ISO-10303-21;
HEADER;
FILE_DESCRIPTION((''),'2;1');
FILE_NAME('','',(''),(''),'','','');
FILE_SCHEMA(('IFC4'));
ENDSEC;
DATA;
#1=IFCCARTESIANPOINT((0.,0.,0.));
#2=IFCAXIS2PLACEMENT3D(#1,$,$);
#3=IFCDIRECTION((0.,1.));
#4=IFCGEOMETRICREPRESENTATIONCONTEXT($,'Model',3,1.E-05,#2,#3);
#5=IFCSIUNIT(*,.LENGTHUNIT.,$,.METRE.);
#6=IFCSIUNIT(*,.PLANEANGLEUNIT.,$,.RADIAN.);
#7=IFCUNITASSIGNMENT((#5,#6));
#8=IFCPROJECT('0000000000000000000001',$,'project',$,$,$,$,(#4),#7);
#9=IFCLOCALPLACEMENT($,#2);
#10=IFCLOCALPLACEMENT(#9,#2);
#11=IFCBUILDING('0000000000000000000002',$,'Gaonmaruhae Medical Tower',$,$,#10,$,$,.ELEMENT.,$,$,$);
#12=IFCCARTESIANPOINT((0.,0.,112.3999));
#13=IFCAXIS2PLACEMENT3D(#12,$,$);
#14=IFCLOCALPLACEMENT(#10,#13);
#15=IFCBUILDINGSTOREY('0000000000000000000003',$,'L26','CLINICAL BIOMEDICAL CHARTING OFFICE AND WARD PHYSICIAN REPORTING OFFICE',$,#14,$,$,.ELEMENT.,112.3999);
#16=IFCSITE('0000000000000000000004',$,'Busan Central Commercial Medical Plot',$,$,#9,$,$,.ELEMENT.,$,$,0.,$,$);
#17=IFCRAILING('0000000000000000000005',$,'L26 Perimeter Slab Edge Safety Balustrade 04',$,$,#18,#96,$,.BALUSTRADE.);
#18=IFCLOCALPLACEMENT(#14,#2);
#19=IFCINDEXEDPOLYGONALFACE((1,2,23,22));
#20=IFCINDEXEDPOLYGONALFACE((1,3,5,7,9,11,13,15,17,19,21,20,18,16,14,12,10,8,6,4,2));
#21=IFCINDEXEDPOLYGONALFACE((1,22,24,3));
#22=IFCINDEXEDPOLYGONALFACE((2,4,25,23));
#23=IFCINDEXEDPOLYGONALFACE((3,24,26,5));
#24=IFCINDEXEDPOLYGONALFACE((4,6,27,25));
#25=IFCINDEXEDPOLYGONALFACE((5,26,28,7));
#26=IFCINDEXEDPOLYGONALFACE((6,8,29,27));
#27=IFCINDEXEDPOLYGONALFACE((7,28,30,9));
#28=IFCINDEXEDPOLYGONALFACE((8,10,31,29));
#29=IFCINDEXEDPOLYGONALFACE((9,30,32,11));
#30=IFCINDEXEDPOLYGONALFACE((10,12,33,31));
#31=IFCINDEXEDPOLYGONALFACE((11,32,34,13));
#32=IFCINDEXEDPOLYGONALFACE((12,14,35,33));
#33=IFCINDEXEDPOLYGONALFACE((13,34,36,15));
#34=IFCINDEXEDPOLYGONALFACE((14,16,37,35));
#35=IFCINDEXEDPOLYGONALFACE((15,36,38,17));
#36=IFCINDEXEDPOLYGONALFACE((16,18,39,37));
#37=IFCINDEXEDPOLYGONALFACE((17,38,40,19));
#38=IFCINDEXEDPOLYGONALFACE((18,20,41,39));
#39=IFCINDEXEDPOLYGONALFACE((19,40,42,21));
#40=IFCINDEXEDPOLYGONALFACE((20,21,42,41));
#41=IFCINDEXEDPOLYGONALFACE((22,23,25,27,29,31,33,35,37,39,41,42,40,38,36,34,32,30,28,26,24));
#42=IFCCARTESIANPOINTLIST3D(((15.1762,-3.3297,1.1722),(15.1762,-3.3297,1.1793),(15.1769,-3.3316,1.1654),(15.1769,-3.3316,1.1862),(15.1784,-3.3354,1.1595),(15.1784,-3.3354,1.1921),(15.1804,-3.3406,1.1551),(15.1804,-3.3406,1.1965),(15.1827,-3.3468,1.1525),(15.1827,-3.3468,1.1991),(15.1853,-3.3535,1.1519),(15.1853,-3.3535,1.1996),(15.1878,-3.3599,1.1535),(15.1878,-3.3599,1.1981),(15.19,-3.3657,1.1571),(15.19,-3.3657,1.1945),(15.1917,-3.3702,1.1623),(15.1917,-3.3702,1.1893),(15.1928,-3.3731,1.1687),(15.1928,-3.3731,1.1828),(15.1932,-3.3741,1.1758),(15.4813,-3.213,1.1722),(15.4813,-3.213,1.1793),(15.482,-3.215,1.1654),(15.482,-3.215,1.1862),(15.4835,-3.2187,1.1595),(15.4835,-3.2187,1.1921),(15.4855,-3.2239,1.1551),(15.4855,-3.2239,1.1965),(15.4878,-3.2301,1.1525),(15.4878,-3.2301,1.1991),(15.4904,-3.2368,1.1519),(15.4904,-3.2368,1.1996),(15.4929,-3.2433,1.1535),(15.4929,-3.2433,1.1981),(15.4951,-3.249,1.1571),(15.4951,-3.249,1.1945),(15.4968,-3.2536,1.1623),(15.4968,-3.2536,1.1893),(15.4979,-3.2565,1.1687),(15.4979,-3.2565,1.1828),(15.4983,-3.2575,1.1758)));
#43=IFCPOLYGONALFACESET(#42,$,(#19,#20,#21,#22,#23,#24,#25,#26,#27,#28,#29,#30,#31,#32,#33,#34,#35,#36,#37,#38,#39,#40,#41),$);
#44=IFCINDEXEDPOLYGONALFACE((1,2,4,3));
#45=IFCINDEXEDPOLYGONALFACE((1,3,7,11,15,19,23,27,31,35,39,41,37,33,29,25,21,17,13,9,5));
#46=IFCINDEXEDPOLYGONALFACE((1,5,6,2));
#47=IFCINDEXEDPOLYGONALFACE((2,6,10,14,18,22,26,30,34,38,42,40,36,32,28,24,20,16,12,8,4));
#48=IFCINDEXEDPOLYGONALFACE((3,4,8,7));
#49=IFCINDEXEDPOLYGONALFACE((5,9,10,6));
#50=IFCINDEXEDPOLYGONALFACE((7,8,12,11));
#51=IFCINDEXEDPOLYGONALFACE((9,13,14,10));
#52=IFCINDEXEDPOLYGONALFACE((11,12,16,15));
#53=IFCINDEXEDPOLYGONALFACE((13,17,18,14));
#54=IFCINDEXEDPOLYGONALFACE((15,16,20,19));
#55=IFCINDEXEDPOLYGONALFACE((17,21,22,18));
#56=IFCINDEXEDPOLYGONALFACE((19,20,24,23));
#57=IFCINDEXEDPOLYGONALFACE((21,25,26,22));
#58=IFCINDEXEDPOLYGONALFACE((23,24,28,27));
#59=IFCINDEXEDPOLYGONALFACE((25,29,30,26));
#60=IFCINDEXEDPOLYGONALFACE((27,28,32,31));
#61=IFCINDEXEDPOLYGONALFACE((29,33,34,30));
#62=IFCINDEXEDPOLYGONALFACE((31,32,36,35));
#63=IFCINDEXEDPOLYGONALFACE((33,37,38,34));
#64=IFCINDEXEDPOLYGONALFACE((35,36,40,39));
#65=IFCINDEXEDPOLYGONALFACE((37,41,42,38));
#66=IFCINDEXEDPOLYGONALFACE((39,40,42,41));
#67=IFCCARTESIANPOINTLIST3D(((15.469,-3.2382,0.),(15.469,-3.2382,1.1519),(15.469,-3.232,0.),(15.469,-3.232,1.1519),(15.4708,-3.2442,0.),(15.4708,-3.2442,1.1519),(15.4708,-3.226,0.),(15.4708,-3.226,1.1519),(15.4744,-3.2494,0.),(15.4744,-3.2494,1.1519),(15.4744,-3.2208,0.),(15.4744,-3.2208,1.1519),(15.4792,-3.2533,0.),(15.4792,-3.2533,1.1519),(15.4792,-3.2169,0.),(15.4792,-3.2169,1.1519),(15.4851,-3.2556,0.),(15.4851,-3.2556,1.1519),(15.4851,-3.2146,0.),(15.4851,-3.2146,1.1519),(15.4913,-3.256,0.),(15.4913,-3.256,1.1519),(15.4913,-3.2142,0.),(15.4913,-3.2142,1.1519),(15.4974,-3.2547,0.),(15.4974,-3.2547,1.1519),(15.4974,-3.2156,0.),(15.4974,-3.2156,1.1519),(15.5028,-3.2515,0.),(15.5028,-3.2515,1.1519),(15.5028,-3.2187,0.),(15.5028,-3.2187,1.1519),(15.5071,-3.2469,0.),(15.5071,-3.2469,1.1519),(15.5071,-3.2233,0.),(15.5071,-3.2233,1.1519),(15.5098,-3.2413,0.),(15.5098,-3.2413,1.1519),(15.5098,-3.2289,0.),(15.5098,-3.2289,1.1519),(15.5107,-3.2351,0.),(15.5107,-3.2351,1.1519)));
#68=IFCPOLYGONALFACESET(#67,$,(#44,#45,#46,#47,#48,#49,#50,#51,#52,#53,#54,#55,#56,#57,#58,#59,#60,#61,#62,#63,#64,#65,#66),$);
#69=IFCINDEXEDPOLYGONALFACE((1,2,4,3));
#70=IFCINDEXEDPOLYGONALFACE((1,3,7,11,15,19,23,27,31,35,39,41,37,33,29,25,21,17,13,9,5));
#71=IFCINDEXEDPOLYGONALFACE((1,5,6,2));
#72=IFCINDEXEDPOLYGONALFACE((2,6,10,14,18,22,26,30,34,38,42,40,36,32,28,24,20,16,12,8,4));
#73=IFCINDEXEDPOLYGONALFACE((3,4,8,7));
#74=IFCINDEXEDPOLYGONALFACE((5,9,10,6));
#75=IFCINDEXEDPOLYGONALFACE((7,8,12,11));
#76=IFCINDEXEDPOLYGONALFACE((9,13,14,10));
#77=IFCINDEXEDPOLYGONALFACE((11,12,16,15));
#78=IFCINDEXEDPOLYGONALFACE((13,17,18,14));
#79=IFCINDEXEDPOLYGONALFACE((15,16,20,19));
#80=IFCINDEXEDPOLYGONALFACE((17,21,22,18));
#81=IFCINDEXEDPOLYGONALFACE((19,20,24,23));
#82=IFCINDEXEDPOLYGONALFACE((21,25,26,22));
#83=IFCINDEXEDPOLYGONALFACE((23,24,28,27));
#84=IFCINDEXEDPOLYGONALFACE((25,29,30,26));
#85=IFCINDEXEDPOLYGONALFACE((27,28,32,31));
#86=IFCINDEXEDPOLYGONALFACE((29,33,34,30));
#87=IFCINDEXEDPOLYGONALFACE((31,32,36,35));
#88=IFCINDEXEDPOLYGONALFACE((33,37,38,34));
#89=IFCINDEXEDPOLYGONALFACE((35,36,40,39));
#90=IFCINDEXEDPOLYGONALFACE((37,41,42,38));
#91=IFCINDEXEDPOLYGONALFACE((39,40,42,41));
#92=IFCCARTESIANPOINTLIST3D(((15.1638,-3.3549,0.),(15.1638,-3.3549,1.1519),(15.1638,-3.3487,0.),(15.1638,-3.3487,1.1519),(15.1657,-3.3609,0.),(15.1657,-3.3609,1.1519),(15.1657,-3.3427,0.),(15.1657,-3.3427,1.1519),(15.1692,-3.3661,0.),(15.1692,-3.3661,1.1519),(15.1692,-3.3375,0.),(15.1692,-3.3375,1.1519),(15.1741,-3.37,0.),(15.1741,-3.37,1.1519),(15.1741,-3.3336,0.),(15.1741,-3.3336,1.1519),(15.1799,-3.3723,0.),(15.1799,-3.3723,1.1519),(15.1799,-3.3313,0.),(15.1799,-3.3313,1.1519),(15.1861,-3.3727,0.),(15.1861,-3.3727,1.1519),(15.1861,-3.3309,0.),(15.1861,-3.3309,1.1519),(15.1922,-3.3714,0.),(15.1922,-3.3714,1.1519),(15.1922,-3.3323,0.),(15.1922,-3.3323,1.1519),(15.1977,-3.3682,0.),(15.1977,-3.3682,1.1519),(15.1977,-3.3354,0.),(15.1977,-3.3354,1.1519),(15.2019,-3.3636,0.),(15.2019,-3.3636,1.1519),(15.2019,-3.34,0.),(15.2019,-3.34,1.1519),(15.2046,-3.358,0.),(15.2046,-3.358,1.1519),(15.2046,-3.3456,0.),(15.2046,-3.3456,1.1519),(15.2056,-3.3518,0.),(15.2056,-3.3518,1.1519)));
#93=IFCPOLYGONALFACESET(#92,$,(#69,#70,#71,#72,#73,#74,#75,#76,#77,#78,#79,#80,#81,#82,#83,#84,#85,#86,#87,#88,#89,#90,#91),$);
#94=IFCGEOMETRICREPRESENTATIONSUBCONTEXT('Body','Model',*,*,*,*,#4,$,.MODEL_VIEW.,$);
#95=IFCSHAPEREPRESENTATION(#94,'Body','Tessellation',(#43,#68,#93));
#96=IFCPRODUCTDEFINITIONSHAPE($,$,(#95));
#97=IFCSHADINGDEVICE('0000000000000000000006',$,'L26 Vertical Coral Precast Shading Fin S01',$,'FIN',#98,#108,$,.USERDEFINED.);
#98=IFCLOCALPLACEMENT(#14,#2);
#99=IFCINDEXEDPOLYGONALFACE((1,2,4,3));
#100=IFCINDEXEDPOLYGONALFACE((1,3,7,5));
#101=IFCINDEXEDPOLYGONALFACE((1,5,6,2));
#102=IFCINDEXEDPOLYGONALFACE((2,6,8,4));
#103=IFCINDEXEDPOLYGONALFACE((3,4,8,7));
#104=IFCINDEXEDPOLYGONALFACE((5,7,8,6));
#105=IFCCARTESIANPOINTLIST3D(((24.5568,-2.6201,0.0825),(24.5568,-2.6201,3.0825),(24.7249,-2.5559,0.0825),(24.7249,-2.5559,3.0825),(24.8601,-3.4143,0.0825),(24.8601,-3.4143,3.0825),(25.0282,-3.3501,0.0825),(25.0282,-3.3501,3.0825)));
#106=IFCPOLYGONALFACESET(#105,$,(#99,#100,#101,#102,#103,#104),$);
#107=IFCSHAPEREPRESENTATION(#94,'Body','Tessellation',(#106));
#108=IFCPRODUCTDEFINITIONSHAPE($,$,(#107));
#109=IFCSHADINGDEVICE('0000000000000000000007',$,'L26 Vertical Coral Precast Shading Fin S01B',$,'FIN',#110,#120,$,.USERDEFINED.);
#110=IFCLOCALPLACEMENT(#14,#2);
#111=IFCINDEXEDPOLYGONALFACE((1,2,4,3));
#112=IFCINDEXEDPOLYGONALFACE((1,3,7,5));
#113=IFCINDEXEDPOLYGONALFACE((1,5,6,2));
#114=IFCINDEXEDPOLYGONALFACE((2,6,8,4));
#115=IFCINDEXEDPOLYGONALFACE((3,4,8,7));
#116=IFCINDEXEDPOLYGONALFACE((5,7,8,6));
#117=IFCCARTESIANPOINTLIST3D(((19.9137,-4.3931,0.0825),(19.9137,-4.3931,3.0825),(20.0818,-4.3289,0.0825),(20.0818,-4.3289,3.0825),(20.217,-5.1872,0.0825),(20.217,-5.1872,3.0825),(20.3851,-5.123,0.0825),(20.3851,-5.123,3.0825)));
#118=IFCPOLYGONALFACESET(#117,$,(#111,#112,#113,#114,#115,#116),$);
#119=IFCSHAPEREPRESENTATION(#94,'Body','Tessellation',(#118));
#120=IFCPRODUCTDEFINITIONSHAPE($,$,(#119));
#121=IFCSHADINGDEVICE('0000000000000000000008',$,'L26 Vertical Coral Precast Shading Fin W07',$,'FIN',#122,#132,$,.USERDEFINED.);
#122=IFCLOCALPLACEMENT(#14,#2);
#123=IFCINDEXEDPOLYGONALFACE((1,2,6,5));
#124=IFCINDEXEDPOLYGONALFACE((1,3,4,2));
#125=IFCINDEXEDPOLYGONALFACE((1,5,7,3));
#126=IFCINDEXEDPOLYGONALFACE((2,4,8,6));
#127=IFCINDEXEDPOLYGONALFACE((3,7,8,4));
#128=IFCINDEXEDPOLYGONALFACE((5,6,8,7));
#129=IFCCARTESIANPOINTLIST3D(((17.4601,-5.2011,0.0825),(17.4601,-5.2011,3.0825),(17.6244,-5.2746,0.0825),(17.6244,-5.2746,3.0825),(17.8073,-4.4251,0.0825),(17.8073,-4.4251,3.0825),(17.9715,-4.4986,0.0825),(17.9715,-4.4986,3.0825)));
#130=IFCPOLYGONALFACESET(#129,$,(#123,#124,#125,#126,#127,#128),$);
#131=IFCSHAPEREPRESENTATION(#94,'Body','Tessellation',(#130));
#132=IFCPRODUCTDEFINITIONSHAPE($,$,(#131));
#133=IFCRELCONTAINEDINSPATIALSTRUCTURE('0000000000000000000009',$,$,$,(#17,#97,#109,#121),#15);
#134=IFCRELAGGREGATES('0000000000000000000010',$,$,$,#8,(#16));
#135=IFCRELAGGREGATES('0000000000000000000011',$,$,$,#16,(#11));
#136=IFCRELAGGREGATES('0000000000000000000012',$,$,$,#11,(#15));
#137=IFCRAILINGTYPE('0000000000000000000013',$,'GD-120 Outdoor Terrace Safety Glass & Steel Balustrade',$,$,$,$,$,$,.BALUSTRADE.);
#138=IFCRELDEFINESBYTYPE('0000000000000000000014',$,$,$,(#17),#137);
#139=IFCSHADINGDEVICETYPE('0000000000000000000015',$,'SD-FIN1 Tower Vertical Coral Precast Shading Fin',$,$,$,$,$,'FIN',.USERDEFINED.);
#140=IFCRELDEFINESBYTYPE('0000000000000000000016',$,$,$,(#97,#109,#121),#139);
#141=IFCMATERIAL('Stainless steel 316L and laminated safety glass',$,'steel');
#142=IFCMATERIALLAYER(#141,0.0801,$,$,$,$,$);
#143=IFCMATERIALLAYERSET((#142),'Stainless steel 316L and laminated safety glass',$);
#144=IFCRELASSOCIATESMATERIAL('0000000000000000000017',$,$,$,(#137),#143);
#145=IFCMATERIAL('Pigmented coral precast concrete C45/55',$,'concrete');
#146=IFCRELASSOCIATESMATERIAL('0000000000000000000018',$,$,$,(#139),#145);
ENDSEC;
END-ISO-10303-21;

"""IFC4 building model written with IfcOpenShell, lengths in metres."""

from ifc_helpers import new_model, si_unit, direction, frame, origin, origin_2d, place, context, subcontext, project, spatial, rectangle, circle, extrude, material, layer, layer_set, type_object, element, save


model = new_model("IFC4")

# Units and contexts
model_context = context("Model", 3, precision=1e-05, world=origin(), true_north=direction((0.0, 1.0)))
body_context = subcontext(model_context, "Body", "Model", "MODEL_VIEW")
ifc_project = project(units=[si_unit("LENGTHUNIT", "METRE"), si_unit("PLANEANGLEUNIT", "RADIAN")], contexts=[model_context])

# Site, building, storey
site_placement = place(None, origin())
site = spatial("IfcSite", under=ifc_project, at=site_placement, Name="Busan Central Commercial Medical Plot", CompositionType="ELEMENT", RefElevation=0.0)
building_placement = place(site_placement, origin())
building = spatial("IfcBuilding", under=site, at=building_placement, Name="Gaonmaruhae Medical Tower", CompositionType="ELEMENT")
storey_placement = place(building_placement, frame((0.0, 0.0, 112.3999)))
storey = spatial("IfcBuildingStorey", under=building, at=storey_placement, Name="L26", Description="CLINICAL BIOMEDICAL CHARTING OFFICE AND WARD PHYSICIAN REPORTING OFFICE", CompositionType="ELEMENT", Elevation=112.3999)

# Railing
ifc_material_1 = material(Name="Stainless steel 316L and laminated safety glass", Category="steel")
ifc_layer_1 = layer(ifc_material_1, 0.0801)
ifc_layer_set_1 = layer_set([ifc_layer_1], Name="Stainless steel 316L and laminated safety glass")
railing_type = type_object("IfcRailingType", Name="GD-120 Outdoor Terrace Safety Glass & Steel Balustrade", PredefinedType="BALUSTRADE", material=ifc_layer_set_1)
railing_placement = place(storey_placement, frame((15.4897, -3.2351, 0.0)))
element("IfcRailing", 1, at=railing_placement, inside=storey, type_object=railing_type, Name="L26 Perimeter Slab Edge Safety Balustrade 04", PredefinedType="BALUSTRADE", context=body_context, shape_type="SweptSolid", body=[
    extrude(circle(Radius=0.0239, at=origin_2d()), frame((0.0, 0.0, 1.1758), z_axis=(-0.934037, -0.357176, 0.0), x_axis=(0.357176, -0.934037, 0.0)), (0.0, 0.0, 1.0), 0.3267),
    extrude(circle(Radius=0.021, at=origin_2d()), origin(), (0.0, 0.0, 1.0), 1.1519),
    extrude(circle(Radius=0.021, at=origin_2d()), frame((-0.3052, -0.1167, 0.0)), (0.0, 0.0, 1.0), 1.1519),
])

# Shading devices
ifc_material_2 = material(Name="Pigmented coral precast concrete C45/55", Category="concrete")
shading_device_type = type_object("IfcShadingDeviceType", Name="SD-FIN1 Tower Vertical Coral Precast Shading Fin", ElementType="FIN", PredefinedType="USERDEFINED", material=ifc_material_2)
for number, where, z_axis, x_axis, name in (
    (2, (24.7925, -2.9851, 0.0825), (0.0, 0.0, 1.0), (-0.934198, -0.356754, 0.0), "L26 Vertical Coral Precast Shading Fin S01"),
    (3, (20.1494, -4.7581, 0.0825), (0.0, 0.0, 1.0), (-0.934198, -0.356754, 0.0), "L26 Vertical Coral Precast Shading Fin S01B"),
    (4, (17.7158, -4.8499, 0.0825), (0.0, 0.0, 1.0), (-0.912834, 0.40833, 0.0), "L26 Vertical Coral Precast Shading Fin W07"),
):
    element("IfcShadingDevice", number, at=place(storey_placement, frame(where, z_axis=z_axis, x_axis=x_axis)), inside=storey, type_object=shading_device_type, Name=name, ObjectType="FIN", PredefinedType="USERDEFINED", context=body_context, shape_type="SweptSolid", body=[
        extrude(rectangle(XDim=0.1799, YDim=0.8501, at=origin_2d()), origin(), (0.0, 0.0, 1.0), 3.0),
    ])

save(model, "model.ifc")
